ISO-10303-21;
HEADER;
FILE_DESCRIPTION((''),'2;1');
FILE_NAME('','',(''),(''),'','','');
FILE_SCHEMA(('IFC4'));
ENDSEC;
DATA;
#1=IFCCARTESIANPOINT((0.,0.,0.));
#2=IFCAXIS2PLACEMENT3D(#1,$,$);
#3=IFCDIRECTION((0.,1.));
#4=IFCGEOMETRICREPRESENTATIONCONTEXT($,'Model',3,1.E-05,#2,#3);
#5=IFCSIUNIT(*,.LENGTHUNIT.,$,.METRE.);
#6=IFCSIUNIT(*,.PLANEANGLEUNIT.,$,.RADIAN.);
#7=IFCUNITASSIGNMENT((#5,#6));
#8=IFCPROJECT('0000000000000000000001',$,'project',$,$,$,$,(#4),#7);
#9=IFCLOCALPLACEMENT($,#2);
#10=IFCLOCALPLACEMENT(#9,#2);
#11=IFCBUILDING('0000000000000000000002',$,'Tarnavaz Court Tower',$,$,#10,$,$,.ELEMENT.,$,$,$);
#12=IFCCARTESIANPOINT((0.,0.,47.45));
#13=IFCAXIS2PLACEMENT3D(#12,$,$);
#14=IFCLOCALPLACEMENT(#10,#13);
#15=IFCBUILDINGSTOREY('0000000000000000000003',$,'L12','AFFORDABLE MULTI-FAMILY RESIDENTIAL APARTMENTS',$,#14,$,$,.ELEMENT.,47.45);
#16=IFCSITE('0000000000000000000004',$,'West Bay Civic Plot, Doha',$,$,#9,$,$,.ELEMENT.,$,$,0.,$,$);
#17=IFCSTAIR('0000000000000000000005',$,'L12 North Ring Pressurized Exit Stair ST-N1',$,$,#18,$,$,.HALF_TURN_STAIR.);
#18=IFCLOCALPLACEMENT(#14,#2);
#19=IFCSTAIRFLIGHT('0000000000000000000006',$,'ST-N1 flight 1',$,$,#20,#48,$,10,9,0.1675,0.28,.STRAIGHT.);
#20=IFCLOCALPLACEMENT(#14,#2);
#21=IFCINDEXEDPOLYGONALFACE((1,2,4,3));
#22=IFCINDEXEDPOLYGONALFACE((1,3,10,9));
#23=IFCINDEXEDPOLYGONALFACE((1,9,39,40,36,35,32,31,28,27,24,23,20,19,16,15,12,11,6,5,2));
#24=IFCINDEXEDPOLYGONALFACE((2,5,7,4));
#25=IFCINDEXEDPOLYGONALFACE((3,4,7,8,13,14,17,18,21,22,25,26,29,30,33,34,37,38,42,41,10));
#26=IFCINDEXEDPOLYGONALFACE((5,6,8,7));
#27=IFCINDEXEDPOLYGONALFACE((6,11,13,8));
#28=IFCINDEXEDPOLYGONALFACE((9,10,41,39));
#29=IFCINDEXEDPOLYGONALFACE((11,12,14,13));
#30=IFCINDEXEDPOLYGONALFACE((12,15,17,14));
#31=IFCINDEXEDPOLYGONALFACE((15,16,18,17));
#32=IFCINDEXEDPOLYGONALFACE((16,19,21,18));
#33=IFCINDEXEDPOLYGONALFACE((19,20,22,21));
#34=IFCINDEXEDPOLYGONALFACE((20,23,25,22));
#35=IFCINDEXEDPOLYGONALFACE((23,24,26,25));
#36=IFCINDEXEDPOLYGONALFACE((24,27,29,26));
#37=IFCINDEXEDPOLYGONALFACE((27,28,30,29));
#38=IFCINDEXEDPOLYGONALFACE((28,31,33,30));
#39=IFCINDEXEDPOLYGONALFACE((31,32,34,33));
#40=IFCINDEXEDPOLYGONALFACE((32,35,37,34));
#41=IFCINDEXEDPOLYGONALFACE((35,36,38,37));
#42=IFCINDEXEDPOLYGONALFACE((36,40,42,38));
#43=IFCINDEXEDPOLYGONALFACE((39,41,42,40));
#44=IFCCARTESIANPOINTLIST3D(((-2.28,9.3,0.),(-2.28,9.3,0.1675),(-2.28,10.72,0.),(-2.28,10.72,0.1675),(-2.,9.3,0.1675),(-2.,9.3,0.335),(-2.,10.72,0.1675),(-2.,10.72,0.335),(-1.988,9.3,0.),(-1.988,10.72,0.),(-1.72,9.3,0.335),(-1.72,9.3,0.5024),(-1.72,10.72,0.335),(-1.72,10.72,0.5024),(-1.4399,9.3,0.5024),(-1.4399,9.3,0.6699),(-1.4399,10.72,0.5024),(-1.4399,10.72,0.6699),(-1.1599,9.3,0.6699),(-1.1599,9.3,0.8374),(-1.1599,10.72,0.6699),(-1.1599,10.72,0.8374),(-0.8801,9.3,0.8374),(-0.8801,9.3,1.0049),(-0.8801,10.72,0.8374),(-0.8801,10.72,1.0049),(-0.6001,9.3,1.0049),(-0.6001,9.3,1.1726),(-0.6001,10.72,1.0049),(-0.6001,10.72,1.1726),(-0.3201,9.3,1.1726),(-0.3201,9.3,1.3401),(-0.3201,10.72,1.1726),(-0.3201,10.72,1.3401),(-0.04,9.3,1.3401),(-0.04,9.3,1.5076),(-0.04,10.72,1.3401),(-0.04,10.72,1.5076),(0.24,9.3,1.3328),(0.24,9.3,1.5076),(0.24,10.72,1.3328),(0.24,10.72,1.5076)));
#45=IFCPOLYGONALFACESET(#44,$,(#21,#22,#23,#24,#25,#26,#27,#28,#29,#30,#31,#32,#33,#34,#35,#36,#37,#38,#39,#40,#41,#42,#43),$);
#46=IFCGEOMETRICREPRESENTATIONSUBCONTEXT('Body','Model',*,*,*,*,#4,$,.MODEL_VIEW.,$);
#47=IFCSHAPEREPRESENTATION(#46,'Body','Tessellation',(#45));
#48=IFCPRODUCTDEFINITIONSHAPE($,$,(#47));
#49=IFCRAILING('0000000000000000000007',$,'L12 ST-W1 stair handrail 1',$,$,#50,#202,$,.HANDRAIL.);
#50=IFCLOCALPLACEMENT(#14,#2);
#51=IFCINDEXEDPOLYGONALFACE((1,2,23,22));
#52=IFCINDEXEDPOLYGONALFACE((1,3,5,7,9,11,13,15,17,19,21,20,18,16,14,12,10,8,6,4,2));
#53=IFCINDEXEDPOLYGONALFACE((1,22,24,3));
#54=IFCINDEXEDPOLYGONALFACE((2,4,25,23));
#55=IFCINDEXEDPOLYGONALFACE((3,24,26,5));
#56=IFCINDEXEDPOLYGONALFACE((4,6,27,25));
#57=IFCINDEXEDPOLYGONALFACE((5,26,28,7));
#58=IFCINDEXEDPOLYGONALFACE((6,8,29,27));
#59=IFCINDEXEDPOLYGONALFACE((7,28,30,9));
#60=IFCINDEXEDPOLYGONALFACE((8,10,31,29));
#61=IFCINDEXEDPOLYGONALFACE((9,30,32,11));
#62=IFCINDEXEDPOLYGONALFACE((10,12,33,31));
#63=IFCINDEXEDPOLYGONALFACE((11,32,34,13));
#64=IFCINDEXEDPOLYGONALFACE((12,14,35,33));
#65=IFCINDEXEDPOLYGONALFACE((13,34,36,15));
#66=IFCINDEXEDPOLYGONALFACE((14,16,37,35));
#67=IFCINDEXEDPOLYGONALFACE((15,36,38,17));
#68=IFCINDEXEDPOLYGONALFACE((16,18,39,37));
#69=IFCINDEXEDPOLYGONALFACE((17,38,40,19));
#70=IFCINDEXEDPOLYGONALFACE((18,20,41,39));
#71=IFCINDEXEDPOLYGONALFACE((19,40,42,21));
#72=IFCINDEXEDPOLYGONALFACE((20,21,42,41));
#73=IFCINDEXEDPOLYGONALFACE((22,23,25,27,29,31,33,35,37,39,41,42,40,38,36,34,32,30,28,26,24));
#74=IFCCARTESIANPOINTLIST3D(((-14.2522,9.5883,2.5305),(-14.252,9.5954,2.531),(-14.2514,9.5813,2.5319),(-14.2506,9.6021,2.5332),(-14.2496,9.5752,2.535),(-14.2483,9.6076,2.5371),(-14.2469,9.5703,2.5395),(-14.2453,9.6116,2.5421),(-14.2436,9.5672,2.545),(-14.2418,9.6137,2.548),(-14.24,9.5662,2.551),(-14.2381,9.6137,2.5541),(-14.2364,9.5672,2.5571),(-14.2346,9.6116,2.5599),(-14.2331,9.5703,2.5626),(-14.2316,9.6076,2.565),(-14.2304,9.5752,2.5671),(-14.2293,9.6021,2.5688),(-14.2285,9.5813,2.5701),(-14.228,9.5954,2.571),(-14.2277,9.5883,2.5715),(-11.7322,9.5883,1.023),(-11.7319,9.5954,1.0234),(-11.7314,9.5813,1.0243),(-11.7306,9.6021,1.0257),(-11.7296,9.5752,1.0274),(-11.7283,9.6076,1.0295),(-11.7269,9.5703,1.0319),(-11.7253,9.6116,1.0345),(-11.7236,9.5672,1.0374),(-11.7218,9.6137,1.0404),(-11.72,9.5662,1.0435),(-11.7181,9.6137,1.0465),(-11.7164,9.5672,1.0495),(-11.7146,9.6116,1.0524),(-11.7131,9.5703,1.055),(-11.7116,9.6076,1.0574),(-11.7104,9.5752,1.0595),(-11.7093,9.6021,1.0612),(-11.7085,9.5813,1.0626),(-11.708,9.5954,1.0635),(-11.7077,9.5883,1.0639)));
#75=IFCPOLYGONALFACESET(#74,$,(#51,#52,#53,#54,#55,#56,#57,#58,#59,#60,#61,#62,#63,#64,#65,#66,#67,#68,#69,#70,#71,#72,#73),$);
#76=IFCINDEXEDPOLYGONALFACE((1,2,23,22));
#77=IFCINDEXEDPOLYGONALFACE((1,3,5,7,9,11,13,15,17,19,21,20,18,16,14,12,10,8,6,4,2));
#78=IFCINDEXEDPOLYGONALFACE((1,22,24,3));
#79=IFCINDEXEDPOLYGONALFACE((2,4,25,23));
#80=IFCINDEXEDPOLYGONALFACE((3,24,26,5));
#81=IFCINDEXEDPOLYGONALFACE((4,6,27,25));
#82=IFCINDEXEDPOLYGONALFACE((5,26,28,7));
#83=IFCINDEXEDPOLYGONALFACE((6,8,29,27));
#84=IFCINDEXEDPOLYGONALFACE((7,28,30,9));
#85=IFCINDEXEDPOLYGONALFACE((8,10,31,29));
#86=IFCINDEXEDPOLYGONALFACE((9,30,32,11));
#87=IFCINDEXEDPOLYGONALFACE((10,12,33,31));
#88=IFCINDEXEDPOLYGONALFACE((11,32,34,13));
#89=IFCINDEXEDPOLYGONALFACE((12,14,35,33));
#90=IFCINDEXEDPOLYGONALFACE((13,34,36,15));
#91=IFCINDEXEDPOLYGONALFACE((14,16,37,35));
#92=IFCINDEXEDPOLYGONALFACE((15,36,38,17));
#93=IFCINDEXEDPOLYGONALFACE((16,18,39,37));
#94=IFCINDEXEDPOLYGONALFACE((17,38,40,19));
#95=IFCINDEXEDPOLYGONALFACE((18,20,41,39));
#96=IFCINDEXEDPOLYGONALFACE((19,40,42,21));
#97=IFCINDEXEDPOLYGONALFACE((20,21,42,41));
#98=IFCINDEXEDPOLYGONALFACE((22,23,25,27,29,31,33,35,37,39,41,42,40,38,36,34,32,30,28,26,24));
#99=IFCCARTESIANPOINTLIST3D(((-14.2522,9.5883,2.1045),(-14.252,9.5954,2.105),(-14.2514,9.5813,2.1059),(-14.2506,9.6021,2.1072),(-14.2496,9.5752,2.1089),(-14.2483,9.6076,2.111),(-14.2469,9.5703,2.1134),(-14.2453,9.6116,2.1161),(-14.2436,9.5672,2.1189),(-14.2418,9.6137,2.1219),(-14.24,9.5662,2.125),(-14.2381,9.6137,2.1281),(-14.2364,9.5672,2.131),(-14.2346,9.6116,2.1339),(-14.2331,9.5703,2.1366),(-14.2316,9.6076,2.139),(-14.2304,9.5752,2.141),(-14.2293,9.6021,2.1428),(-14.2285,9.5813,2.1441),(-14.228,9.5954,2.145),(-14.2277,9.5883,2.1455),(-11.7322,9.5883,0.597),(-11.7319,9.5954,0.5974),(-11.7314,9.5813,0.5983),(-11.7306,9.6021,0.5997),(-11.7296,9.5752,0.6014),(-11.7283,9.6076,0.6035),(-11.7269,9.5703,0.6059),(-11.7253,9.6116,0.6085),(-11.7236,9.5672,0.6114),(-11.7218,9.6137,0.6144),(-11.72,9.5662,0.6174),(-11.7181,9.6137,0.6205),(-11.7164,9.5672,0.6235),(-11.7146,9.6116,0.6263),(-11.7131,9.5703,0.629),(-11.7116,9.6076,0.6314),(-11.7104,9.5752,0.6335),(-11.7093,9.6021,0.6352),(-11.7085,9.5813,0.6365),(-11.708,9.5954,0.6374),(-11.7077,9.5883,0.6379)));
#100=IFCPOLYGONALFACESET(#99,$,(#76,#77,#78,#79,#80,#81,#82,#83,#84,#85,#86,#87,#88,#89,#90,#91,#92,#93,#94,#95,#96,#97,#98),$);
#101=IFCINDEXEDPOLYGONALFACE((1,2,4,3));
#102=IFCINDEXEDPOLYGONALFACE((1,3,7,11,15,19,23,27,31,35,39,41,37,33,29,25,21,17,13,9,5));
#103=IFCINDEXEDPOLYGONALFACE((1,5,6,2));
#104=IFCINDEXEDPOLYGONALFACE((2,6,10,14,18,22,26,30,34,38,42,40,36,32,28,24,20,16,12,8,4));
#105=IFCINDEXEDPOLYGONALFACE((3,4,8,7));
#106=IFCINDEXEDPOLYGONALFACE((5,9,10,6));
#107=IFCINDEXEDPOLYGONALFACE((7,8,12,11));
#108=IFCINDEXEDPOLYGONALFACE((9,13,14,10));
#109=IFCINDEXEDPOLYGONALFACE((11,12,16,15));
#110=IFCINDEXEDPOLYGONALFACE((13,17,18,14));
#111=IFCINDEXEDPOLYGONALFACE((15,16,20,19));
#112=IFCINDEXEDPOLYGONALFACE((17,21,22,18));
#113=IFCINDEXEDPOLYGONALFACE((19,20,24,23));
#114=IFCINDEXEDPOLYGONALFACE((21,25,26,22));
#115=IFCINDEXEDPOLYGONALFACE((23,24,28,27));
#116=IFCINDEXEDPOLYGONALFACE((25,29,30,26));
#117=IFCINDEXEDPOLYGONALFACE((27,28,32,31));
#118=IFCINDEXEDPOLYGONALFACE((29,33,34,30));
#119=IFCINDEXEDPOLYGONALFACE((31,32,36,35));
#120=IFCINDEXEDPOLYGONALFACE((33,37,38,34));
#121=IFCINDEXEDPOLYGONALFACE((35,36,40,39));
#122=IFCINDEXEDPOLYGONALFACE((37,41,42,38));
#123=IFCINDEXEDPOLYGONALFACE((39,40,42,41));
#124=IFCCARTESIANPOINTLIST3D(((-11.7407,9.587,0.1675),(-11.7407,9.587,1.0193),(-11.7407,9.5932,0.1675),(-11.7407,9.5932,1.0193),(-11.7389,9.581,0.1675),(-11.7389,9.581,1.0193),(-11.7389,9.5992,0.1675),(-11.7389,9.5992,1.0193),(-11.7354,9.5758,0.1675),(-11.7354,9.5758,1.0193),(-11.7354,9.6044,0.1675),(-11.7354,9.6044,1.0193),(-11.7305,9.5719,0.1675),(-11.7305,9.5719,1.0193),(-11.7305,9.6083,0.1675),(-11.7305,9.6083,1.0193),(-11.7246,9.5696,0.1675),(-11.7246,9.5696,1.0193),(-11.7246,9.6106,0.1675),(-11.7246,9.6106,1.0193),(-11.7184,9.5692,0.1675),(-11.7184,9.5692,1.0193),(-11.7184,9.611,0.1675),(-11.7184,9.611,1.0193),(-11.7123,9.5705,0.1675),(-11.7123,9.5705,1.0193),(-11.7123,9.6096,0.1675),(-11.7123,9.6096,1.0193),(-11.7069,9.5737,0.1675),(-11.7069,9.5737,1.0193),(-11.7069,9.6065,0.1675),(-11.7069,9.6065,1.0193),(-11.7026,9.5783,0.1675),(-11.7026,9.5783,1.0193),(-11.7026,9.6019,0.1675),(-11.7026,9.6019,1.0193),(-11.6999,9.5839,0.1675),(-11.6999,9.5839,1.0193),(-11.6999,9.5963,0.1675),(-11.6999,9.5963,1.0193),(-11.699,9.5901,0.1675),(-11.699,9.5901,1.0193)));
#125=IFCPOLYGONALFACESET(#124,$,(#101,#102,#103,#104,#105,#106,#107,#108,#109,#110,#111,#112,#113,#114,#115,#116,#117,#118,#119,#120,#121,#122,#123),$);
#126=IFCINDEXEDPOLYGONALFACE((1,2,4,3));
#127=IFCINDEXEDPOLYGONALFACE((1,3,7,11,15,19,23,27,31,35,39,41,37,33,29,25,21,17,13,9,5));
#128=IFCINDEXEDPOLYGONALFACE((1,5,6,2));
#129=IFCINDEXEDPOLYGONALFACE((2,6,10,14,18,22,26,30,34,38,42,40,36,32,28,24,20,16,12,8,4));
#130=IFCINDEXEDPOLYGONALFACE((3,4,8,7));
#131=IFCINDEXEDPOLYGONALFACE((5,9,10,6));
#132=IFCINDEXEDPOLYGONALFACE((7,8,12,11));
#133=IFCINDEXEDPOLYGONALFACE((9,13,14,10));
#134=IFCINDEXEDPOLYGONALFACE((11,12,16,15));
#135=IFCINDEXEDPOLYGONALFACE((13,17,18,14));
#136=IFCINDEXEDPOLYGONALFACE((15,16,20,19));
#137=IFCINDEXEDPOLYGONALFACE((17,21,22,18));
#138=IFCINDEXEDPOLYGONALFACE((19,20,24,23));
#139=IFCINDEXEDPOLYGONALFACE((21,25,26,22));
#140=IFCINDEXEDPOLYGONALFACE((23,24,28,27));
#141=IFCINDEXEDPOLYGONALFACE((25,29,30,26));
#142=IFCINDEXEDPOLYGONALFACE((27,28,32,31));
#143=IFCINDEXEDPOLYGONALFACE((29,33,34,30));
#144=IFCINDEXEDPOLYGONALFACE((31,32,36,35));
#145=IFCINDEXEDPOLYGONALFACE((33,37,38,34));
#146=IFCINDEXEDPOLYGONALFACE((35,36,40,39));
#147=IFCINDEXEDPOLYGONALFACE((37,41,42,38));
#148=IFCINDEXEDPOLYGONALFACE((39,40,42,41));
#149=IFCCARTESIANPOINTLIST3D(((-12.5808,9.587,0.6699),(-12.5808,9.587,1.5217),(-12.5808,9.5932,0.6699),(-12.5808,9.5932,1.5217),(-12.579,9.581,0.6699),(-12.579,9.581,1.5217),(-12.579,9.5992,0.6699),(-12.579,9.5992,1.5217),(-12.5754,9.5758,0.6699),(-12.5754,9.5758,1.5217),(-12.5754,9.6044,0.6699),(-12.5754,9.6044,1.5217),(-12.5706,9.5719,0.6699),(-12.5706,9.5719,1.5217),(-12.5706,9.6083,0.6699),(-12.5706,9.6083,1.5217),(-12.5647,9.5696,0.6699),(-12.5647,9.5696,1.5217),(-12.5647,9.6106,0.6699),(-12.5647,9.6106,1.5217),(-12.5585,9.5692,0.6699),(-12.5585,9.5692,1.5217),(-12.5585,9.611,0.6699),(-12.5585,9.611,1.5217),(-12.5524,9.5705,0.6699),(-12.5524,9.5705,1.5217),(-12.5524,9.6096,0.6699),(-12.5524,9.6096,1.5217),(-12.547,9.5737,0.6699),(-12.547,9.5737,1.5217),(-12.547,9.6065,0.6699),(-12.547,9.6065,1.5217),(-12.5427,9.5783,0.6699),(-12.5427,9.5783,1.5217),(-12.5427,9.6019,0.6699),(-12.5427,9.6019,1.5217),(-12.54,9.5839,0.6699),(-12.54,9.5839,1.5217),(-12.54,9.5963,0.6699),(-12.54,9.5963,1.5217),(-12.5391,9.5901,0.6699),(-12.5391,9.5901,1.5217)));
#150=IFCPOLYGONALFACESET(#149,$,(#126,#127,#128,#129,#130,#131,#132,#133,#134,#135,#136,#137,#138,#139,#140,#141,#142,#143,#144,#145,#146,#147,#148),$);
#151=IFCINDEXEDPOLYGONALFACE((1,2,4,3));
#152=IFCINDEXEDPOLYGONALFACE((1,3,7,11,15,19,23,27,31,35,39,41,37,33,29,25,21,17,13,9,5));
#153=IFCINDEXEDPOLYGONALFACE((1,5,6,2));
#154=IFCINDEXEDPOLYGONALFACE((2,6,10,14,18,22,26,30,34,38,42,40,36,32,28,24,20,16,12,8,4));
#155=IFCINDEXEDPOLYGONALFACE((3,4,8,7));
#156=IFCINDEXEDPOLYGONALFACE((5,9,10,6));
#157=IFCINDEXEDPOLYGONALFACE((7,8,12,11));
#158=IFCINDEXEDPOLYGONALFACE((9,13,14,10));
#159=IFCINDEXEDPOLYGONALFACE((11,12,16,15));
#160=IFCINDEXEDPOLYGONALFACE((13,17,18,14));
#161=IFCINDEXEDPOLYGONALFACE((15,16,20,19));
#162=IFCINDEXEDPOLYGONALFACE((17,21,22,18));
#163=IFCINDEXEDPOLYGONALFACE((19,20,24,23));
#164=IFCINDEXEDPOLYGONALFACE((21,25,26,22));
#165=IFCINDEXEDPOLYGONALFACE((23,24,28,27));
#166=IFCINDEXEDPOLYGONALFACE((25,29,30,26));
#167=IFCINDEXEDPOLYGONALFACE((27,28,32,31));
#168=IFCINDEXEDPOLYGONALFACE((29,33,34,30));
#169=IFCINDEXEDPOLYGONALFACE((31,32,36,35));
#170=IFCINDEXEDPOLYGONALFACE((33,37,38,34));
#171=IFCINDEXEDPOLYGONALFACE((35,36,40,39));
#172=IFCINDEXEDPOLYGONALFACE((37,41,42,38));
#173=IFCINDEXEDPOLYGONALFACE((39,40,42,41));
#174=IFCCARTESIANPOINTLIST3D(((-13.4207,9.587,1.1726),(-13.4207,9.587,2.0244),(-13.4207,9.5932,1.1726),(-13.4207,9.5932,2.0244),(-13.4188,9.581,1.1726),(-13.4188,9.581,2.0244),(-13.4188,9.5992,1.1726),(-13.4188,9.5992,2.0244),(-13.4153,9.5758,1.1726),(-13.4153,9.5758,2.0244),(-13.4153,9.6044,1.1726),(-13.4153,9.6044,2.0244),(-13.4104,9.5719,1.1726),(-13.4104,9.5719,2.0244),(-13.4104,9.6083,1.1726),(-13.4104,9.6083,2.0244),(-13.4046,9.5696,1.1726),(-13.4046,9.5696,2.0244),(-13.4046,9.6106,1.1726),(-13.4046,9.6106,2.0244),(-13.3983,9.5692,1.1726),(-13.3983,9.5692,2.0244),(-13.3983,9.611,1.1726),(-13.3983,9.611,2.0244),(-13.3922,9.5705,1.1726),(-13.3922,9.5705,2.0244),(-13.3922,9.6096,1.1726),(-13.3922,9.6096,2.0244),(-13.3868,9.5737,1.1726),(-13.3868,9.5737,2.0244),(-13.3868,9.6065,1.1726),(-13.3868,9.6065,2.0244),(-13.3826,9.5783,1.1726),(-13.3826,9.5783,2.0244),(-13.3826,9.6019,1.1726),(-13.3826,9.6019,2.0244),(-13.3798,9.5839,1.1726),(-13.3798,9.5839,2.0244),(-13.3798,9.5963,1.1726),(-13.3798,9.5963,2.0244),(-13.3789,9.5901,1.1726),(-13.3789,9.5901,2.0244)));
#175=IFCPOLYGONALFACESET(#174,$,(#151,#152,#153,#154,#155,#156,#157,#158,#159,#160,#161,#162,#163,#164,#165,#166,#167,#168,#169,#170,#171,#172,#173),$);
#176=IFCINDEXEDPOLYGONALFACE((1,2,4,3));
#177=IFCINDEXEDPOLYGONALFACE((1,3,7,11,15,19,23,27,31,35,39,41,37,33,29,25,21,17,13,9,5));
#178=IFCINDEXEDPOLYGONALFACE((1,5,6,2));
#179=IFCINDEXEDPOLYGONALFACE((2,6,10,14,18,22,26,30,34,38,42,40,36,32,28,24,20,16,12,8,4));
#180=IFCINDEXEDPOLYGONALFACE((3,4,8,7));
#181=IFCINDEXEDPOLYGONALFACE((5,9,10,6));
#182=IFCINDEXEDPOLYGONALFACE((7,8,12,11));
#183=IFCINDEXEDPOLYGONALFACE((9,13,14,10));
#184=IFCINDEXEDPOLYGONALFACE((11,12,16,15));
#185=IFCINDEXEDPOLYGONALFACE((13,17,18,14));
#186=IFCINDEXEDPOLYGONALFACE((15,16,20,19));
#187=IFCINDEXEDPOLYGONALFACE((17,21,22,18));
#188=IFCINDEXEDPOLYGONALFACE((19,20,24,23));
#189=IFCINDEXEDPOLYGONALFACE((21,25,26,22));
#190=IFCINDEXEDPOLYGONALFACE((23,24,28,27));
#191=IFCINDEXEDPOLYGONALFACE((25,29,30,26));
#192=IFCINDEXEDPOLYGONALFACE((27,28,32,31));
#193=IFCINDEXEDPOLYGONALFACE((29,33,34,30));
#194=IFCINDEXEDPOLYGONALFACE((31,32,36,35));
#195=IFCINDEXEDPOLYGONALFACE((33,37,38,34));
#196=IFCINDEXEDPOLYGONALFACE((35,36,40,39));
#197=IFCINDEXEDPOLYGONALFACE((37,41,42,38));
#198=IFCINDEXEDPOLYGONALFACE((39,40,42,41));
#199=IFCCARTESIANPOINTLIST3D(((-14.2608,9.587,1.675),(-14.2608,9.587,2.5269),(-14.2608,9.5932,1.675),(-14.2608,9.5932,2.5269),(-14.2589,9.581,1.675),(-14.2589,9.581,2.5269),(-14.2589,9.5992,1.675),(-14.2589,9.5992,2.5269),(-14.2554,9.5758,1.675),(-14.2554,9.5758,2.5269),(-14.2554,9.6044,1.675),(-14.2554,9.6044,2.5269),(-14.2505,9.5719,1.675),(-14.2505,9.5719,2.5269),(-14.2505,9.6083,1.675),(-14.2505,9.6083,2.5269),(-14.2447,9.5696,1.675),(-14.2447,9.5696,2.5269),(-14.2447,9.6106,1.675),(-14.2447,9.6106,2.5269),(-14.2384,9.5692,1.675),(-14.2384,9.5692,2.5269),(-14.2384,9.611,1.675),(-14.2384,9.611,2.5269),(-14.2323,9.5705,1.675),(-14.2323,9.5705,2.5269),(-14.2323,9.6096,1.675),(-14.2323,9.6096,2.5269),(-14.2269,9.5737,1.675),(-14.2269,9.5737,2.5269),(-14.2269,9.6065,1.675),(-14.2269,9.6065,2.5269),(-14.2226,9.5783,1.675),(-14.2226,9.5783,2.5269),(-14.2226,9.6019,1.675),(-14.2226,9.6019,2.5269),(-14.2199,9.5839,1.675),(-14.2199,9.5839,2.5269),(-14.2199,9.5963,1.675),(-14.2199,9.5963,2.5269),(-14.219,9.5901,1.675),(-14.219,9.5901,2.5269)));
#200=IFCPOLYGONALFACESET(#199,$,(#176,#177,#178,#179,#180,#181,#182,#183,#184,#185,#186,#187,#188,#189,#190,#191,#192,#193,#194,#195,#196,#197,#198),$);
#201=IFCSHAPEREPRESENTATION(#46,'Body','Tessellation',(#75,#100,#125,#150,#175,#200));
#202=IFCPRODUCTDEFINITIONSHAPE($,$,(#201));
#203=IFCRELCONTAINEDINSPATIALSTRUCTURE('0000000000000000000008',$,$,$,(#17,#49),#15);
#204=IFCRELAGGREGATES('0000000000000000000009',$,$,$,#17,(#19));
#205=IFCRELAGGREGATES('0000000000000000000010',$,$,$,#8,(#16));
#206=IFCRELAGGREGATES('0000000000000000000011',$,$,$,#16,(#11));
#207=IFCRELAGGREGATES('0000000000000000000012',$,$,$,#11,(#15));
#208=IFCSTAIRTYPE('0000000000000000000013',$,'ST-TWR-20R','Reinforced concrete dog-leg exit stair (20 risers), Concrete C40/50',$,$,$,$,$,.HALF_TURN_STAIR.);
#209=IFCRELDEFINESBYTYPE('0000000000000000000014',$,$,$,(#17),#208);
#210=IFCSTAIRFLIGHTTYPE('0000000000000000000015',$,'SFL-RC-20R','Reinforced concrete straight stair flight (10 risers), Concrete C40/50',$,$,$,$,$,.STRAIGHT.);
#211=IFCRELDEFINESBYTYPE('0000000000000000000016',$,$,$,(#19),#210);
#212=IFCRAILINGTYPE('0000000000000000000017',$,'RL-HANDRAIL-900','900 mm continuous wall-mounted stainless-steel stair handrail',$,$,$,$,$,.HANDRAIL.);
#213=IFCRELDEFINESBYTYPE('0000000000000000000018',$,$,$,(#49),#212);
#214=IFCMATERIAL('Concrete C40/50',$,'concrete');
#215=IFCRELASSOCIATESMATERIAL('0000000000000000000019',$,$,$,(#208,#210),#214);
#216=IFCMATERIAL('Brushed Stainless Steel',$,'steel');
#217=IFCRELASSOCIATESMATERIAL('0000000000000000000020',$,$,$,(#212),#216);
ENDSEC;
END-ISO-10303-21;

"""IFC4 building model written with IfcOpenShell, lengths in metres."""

from ifc_helpers import new_model, si_unit, direction, frame, origin, origin_2d, place, context, subcontext, project, spatial, polyline, circle, outline, extrude, material, type_object, element, aggregate, save


model = new_model("IFC4")

# Units and contexts
model_context = context("Model", 3, precision=1e-05, world=origin(), true_north=direction((0.0, 1.0)))
body_context = subcontext(model_context, "Body", "Model", "MODEL_VIEW")
ifc_project = project(units=[si_unit("LENGTHUNIT", "METRE"), si_unit("PLANEANGLEUNIT", "RADIAN")], contexts=[model_context])

# Site, building, storey
site_placement = place(None, origin())
site = spatial("IfcSite", under=ifc_project, at=site_placement, Name="West Bay Civic Plot, Doha", CompositionType="ELEMENT", RefElevation=0.0)
building_placement = place(site_placement, origin())
building = spatial("IfcBuilding", under=site, at=building_placement, Name="Tarnavaz Court Tower", CompositionType="ELEMENT")
storey_placement = place(building_placement, frame((0.0, 0.0, 47.45)))
storey = spatial("IfcBuildingStorey", under=building, at=storey_placement, Name="L12", Description="AFFORDABLE MULTI-FAMILY RESIDENTIAL APARTMENTS", CompositionType="ELEMENT", Elevation=47.45)

# Stair, stair flight
ifc_material_1 = material(Name="Concrete C40/50", Category="concrete")
stair_type = type_object("IfcStairType", Name="ST-TWR-20R", Description="Reinforced concrete dog-leg exit stair (20 risers), Concrete C40/50", PredefinedType="HALF_TURN_STAIR", material=ifc_material_1)
stair_flight_type = type_object("IfcStairFlightType", Name="SFL-RC-20R", Description="Reinforced concrete straight stair flight (10 risers), Concrete C40/50", PredefinedType="STRAIGHT", material=ifc_material_1)
stair_1_placement = place(storey_placement, origin())
stair_1 = element("IfcStair", 1, at=stair_1_placement, inside=storey, type_object=stair_type, Name="L12 North Ring Pressurized Exit Stair ST-N1", PredefinedType="HALF_TURN_STAIR")
stair_flight_1_placement = place(storey_placement, frame((-2.28, 10.01, 0.0), z_axis=(0.0, 0.0, 1.0), x_axis=(1.0, 0.0, 0.0)))
stair_flight_1 = element("IfcStairFlight", 2, at=stair_flight_1_placement, type_object=stair_flight_type, Name="ST-N1 flight 1", NumberOfRisers=10, NumberOfTreads=9, PredefinedType="STRAIGHT", RiserHeight=0.1675, TreadLength=0.28, context=body_context, shape_type="SweptSolid", body=[
    extrude(outline(polyline([(0.0, 0.0), (0.0, 0.1675), (0.28, 0.1675), (0.28, 0.335), (0.5601, 0.335), (0.5601, 0.5024), (0.8401, 0.5024), (0.8401, 0.6699), (1.1201, 0.6699), (1.1201, 0.8374), (1.3999, 0.8374), (1.3999, 1.0049), (1.6799, 1.0049), (1.6799, 1.1726), (1.96, 1.1726), (1.96, 1.3401), (2.24, 1.3401), (2.24, 1.5076), (2.52, 1.5076), (2.52, 1.675), (2.52, 1.3328), (0.292, 0.0), (0.0, 0.0)])), frame((0.0, 0.71, 0.0), z_axis=(0.0, -1.0, 0.0), x_axis=(1.0, 0.0, 0.0)), (0.0, 0.0, 1.0), 1.4199),
])
aggregate(stair_1, [stair_flight_1])

# Railing
ifc_material_2 = material(Name="Brushed Stainless Steel", Category="steel")
railing_type_1 = type_object("IfcRailingType", Name="RL-HANDRAIL-900", Description="900 mm continuous wall-mounted stainless-steel stair handrail", PredefinedType="HANDRAIL", material=ifc_material_2)
railing_1_placement = place(storey_placement, frame((-11.72, 9.5901, 0.1675)))
element("IfcRailing", 3, at=railing_1_placement, inside=storey, type_object=railing_type_1, Name="L12 ST-W1 stair handrail 1", PredefinedType="HANDRAIL", context=body_context, shape_type="SweptSolid", body=[
    extrude(circle(Radius=0.0239, at=origin_2d()), frame((0.0, 0.0, 0.876), z_axis=(-0.85816, 0.0, 0.513383), x_axis=(0.0, -1.0, 0.0)), (0.0, 0.0, 1.0), 2.9365),
    extrude(circle(Radius=0.0239, at=origin_2d()), frame((0.0, 0.0, 0.45), z_axis=(-0.85816, 0.0, 0.513383), x_axis=(0.0, -1.0, 0.0)), (0.0, 0.0, 1.0), 2.9365),
    extrude(circle(Radius=0.021, at=origin_2d()), origin(), (0.0, 0.0, 1.0), 0.8518),
    extrude(circle(Radius=0.021, at=origin_2d()), frame((-0.8401, 0.0, 0.5024)), (0.0, 0.0, 1.0), 0.8518),
    extrude(circle(Radius=0.021, at=origin_2d()), frame((-1.6799, 0.0, 1.0051)), (0.0, 0.0, 1.0), 0.8518),
    extrude(circle(Radius=0.021, at=origin_2d()), frame((-2.52, 0.0, 1.5076)), (0.0, 0.0, 1.0), 0.8518),
])

save(model, "model.ifc")
